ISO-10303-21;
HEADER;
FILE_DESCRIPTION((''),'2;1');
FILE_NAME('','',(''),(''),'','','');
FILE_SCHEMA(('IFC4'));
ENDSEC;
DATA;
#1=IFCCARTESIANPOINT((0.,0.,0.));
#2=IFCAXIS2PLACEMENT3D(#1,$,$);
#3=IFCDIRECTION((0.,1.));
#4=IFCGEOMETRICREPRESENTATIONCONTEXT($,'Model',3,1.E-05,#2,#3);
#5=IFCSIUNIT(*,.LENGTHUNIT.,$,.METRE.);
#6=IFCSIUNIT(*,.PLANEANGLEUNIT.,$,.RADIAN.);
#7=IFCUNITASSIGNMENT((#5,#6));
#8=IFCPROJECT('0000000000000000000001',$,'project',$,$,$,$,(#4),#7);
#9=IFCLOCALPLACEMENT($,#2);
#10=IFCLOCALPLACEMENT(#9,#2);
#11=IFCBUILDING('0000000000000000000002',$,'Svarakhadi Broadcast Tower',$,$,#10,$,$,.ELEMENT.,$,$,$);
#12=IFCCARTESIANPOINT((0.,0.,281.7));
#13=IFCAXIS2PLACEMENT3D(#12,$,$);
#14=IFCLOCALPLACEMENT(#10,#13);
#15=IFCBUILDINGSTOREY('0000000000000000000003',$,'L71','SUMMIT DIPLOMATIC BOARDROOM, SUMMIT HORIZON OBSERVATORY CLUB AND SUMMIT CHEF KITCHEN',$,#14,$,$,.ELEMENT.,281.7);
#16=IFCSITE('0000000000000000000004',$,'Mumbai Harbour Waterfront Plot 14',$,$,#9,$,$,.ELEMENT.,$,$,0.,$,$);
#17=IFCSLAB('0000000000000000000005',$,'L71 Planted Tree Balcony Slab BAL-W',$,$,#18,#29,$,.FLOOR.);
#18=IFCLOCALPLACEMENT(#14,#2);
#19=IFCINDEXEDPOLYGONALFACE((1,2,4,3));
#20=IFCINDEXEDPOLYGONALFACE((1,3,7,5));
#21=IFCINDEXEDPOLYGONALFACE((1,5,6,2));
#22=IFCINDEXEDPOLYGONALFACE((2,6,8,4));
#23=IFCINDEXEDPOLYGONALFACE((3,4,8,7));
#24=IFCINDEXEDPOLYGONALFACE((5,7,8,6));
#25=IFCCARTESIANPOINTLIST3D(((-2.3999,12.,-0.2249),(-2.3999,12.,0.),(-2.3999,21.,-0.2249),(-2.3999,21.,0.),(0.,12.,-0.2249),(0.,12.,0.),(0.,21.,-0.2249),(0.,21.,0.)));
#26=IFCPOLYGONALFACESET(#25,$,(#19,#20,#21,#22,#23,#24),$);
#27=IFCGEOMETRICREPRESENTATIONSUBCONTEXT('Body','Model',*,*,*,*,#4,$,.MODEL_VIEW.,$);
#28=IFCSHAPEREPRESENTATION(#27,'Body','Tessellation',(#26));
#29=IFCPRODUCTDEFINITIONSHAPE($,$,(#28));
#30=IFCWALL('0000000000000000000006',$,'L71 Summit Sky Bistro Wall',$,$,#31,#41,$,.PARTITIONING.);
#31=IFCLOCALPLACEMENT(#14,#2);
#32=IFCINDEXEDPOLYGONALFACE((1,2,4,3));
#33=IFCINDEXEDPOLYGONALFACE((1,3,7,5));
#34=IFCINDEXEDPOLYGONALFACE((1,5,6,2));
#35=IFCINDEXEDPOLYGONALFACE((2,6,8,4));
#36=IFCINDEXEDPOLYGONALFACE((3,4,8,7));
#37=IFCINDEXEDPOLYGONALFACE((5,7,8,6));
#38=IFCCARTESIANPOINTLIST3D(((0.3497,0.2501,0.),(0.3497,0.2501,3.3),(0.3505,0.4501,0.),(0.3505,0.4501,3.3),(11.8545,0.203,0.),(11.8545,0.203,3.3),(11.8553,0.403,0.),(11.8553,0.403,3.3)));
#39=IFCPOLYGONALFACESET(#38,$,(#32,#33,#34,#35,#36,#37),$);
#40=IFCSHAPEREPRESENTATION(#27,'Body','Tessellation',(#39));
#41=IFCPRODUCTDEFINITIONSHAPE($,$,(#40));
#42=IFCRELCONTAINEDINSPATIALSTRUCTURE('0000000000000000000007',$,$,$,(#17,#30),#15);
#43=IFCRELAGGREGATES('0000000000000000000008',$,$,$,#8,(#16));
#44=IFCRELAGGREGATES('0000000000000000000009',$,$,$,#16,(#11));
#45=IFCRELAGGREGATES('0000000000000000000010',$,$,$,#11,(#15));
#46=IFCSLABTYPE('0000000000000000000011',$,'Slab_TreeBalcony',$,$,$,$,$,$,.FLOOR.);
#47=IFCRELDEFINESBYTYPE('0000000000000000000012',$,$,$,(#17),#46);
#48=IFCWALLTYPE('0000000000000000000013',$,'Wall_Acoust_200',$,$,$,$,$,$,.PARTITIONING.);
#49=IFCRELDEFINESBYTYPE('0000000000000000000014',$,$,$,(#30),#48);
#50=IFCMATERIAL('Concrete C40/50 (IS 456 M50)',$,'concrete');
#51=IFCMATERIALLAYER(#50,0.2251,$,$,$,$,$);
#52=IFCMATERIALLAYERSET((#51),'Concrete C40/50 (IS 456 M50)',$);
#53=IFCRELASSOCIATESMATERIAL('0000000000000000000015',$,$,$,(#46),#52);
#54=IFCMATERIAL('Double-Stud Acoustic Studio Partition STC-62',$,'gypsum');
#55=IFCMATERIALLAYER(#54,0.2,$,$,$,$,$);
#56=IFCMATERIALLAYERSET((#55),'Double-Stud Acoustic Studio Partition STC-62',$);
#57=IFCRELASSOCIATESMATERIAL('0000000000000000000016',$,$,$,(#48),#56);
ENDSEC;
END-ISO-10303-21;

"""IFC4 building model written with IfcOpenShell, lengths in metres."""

from ifc_helpers import new_model, si_unit, direction, frame, frame_2d, origin, place, context, subcontext, project, spatial, polyline, rectangle, outline, extrude, material, layer, layer_set, type_object, element, save


model = new_model("IFC4")

# Units and contexts
model_context = context("Model", 3, precision=1e-05, world=origin(), true_north=direction((0.0, 1.0)))
body_context = subcontext(model_context, "Body", "Model", "MODEL_VIEW")
ifc_project = project(units=[si_unit("LENGTHUNIT", "METRE"), si_unit("PLANEANGLEUNIT", "RADIAN")], contexts=[model_context])

# Site, building, storey
site_placement = place(None, origin())
site = spatial("IfcSite", under=ifc_project, at=site_placement, Name="Mumbai Harbour Waterfront Plot 14", CompositionType="ELEMENT", RefElevation=0.0)
building_placement = place(site_placement, origin())
building = spatial("IfcBuilding", under=site, at=building_placement, Name="Svarakhadi Broadcast Tower", CompositionType="ELEMENT")
storey_placement = place(building_placement, frame((0.0, 0.0, 281.7)))
storey = spatial("IfcBuildingStorey", under=building, at=storey_placement, Name="L71", Description="SUMMIT DIPLOMATIC BOARDROOM, SUMMIT HORIZON OBSERVATORY CLUB AND SUMMIT CHEF KITCHEN", CompositionType="ELEMENT", Elevation=281.7)

# Shared definitions
ifc_material_1 = material(Name="Concrete C40/50 (IS 456 M50)", Category="concrete")

# Slab
ifc_layer_1 = layer(ifc_material_1, 0.2251)
ifc_layer_set_1 = layer_set([ifc_layer_1], Name="Concrete C40/50 (IS 456 M50)")
slab_type_1 = type_object("IfcSlabType", Name="Slab_TreeBalcony", PredefinedType="FLOOR", material=ifc_layer_set_1)
slab_1_placement = place(storey_placement, frame((0.0, 0.0, -0.2249)))
element("IfcSlab", 1, at=slab_1_placement, inside=storey, type_object=slab_type_1, Name="L71 Planted Tree Balcony Slab BAL-W", PredefinedType="FLOOR", context=body_context, shape_type="SweptSolid", body=[
    extrude(outline(polyline([(-2.3999, 12.0), (0.0, 12.0), (0.0, 21.0), (-2.3999, 21.0), (-2.3999, 12.0)])), origin(), (0.0, 0.0, 1.0), 0.2249),
])

# Wall
ifc_material_2 = material(Name="Double-Stud Acoustic Studio Partition STC-62", Category="gypsum")
ifc_layer_2 = layer(ifc_material_2, 0.2)
ifc_layer_set_2 = layer_set([ifc_layer_2], Name="Double-Stud Acoustic Studio Partition STC-62")
wall_type = type_object("IfcWallType", Name="Wall_Acoust_200", PredefinedType="PARTITIONING", material=ifc_layer_set_2)
wall_placement = place(storey_placement, frame((0.3501, 0.3501, 0.0), z_axis=(0.0, 0.0, 1.0), x_axis=(0.999992, -0.004096, 0.0)))
element("IfcWall", 2, at=wall_placement, inside=storey, type_object=wall_type, Name="L71 Summit Sky Bistro Wall", PredefinedType="PARTITIONING", context=body_context, shape_type="SweptSolid", body=[
    extrude(rectangle(XDim=11.5049, YDim=0.2, at=frame_2d((5.7524, 0.0))), origin(), (0.0, 0.0, 1.0), 3.3),
])

save(model, "model.ifc")
